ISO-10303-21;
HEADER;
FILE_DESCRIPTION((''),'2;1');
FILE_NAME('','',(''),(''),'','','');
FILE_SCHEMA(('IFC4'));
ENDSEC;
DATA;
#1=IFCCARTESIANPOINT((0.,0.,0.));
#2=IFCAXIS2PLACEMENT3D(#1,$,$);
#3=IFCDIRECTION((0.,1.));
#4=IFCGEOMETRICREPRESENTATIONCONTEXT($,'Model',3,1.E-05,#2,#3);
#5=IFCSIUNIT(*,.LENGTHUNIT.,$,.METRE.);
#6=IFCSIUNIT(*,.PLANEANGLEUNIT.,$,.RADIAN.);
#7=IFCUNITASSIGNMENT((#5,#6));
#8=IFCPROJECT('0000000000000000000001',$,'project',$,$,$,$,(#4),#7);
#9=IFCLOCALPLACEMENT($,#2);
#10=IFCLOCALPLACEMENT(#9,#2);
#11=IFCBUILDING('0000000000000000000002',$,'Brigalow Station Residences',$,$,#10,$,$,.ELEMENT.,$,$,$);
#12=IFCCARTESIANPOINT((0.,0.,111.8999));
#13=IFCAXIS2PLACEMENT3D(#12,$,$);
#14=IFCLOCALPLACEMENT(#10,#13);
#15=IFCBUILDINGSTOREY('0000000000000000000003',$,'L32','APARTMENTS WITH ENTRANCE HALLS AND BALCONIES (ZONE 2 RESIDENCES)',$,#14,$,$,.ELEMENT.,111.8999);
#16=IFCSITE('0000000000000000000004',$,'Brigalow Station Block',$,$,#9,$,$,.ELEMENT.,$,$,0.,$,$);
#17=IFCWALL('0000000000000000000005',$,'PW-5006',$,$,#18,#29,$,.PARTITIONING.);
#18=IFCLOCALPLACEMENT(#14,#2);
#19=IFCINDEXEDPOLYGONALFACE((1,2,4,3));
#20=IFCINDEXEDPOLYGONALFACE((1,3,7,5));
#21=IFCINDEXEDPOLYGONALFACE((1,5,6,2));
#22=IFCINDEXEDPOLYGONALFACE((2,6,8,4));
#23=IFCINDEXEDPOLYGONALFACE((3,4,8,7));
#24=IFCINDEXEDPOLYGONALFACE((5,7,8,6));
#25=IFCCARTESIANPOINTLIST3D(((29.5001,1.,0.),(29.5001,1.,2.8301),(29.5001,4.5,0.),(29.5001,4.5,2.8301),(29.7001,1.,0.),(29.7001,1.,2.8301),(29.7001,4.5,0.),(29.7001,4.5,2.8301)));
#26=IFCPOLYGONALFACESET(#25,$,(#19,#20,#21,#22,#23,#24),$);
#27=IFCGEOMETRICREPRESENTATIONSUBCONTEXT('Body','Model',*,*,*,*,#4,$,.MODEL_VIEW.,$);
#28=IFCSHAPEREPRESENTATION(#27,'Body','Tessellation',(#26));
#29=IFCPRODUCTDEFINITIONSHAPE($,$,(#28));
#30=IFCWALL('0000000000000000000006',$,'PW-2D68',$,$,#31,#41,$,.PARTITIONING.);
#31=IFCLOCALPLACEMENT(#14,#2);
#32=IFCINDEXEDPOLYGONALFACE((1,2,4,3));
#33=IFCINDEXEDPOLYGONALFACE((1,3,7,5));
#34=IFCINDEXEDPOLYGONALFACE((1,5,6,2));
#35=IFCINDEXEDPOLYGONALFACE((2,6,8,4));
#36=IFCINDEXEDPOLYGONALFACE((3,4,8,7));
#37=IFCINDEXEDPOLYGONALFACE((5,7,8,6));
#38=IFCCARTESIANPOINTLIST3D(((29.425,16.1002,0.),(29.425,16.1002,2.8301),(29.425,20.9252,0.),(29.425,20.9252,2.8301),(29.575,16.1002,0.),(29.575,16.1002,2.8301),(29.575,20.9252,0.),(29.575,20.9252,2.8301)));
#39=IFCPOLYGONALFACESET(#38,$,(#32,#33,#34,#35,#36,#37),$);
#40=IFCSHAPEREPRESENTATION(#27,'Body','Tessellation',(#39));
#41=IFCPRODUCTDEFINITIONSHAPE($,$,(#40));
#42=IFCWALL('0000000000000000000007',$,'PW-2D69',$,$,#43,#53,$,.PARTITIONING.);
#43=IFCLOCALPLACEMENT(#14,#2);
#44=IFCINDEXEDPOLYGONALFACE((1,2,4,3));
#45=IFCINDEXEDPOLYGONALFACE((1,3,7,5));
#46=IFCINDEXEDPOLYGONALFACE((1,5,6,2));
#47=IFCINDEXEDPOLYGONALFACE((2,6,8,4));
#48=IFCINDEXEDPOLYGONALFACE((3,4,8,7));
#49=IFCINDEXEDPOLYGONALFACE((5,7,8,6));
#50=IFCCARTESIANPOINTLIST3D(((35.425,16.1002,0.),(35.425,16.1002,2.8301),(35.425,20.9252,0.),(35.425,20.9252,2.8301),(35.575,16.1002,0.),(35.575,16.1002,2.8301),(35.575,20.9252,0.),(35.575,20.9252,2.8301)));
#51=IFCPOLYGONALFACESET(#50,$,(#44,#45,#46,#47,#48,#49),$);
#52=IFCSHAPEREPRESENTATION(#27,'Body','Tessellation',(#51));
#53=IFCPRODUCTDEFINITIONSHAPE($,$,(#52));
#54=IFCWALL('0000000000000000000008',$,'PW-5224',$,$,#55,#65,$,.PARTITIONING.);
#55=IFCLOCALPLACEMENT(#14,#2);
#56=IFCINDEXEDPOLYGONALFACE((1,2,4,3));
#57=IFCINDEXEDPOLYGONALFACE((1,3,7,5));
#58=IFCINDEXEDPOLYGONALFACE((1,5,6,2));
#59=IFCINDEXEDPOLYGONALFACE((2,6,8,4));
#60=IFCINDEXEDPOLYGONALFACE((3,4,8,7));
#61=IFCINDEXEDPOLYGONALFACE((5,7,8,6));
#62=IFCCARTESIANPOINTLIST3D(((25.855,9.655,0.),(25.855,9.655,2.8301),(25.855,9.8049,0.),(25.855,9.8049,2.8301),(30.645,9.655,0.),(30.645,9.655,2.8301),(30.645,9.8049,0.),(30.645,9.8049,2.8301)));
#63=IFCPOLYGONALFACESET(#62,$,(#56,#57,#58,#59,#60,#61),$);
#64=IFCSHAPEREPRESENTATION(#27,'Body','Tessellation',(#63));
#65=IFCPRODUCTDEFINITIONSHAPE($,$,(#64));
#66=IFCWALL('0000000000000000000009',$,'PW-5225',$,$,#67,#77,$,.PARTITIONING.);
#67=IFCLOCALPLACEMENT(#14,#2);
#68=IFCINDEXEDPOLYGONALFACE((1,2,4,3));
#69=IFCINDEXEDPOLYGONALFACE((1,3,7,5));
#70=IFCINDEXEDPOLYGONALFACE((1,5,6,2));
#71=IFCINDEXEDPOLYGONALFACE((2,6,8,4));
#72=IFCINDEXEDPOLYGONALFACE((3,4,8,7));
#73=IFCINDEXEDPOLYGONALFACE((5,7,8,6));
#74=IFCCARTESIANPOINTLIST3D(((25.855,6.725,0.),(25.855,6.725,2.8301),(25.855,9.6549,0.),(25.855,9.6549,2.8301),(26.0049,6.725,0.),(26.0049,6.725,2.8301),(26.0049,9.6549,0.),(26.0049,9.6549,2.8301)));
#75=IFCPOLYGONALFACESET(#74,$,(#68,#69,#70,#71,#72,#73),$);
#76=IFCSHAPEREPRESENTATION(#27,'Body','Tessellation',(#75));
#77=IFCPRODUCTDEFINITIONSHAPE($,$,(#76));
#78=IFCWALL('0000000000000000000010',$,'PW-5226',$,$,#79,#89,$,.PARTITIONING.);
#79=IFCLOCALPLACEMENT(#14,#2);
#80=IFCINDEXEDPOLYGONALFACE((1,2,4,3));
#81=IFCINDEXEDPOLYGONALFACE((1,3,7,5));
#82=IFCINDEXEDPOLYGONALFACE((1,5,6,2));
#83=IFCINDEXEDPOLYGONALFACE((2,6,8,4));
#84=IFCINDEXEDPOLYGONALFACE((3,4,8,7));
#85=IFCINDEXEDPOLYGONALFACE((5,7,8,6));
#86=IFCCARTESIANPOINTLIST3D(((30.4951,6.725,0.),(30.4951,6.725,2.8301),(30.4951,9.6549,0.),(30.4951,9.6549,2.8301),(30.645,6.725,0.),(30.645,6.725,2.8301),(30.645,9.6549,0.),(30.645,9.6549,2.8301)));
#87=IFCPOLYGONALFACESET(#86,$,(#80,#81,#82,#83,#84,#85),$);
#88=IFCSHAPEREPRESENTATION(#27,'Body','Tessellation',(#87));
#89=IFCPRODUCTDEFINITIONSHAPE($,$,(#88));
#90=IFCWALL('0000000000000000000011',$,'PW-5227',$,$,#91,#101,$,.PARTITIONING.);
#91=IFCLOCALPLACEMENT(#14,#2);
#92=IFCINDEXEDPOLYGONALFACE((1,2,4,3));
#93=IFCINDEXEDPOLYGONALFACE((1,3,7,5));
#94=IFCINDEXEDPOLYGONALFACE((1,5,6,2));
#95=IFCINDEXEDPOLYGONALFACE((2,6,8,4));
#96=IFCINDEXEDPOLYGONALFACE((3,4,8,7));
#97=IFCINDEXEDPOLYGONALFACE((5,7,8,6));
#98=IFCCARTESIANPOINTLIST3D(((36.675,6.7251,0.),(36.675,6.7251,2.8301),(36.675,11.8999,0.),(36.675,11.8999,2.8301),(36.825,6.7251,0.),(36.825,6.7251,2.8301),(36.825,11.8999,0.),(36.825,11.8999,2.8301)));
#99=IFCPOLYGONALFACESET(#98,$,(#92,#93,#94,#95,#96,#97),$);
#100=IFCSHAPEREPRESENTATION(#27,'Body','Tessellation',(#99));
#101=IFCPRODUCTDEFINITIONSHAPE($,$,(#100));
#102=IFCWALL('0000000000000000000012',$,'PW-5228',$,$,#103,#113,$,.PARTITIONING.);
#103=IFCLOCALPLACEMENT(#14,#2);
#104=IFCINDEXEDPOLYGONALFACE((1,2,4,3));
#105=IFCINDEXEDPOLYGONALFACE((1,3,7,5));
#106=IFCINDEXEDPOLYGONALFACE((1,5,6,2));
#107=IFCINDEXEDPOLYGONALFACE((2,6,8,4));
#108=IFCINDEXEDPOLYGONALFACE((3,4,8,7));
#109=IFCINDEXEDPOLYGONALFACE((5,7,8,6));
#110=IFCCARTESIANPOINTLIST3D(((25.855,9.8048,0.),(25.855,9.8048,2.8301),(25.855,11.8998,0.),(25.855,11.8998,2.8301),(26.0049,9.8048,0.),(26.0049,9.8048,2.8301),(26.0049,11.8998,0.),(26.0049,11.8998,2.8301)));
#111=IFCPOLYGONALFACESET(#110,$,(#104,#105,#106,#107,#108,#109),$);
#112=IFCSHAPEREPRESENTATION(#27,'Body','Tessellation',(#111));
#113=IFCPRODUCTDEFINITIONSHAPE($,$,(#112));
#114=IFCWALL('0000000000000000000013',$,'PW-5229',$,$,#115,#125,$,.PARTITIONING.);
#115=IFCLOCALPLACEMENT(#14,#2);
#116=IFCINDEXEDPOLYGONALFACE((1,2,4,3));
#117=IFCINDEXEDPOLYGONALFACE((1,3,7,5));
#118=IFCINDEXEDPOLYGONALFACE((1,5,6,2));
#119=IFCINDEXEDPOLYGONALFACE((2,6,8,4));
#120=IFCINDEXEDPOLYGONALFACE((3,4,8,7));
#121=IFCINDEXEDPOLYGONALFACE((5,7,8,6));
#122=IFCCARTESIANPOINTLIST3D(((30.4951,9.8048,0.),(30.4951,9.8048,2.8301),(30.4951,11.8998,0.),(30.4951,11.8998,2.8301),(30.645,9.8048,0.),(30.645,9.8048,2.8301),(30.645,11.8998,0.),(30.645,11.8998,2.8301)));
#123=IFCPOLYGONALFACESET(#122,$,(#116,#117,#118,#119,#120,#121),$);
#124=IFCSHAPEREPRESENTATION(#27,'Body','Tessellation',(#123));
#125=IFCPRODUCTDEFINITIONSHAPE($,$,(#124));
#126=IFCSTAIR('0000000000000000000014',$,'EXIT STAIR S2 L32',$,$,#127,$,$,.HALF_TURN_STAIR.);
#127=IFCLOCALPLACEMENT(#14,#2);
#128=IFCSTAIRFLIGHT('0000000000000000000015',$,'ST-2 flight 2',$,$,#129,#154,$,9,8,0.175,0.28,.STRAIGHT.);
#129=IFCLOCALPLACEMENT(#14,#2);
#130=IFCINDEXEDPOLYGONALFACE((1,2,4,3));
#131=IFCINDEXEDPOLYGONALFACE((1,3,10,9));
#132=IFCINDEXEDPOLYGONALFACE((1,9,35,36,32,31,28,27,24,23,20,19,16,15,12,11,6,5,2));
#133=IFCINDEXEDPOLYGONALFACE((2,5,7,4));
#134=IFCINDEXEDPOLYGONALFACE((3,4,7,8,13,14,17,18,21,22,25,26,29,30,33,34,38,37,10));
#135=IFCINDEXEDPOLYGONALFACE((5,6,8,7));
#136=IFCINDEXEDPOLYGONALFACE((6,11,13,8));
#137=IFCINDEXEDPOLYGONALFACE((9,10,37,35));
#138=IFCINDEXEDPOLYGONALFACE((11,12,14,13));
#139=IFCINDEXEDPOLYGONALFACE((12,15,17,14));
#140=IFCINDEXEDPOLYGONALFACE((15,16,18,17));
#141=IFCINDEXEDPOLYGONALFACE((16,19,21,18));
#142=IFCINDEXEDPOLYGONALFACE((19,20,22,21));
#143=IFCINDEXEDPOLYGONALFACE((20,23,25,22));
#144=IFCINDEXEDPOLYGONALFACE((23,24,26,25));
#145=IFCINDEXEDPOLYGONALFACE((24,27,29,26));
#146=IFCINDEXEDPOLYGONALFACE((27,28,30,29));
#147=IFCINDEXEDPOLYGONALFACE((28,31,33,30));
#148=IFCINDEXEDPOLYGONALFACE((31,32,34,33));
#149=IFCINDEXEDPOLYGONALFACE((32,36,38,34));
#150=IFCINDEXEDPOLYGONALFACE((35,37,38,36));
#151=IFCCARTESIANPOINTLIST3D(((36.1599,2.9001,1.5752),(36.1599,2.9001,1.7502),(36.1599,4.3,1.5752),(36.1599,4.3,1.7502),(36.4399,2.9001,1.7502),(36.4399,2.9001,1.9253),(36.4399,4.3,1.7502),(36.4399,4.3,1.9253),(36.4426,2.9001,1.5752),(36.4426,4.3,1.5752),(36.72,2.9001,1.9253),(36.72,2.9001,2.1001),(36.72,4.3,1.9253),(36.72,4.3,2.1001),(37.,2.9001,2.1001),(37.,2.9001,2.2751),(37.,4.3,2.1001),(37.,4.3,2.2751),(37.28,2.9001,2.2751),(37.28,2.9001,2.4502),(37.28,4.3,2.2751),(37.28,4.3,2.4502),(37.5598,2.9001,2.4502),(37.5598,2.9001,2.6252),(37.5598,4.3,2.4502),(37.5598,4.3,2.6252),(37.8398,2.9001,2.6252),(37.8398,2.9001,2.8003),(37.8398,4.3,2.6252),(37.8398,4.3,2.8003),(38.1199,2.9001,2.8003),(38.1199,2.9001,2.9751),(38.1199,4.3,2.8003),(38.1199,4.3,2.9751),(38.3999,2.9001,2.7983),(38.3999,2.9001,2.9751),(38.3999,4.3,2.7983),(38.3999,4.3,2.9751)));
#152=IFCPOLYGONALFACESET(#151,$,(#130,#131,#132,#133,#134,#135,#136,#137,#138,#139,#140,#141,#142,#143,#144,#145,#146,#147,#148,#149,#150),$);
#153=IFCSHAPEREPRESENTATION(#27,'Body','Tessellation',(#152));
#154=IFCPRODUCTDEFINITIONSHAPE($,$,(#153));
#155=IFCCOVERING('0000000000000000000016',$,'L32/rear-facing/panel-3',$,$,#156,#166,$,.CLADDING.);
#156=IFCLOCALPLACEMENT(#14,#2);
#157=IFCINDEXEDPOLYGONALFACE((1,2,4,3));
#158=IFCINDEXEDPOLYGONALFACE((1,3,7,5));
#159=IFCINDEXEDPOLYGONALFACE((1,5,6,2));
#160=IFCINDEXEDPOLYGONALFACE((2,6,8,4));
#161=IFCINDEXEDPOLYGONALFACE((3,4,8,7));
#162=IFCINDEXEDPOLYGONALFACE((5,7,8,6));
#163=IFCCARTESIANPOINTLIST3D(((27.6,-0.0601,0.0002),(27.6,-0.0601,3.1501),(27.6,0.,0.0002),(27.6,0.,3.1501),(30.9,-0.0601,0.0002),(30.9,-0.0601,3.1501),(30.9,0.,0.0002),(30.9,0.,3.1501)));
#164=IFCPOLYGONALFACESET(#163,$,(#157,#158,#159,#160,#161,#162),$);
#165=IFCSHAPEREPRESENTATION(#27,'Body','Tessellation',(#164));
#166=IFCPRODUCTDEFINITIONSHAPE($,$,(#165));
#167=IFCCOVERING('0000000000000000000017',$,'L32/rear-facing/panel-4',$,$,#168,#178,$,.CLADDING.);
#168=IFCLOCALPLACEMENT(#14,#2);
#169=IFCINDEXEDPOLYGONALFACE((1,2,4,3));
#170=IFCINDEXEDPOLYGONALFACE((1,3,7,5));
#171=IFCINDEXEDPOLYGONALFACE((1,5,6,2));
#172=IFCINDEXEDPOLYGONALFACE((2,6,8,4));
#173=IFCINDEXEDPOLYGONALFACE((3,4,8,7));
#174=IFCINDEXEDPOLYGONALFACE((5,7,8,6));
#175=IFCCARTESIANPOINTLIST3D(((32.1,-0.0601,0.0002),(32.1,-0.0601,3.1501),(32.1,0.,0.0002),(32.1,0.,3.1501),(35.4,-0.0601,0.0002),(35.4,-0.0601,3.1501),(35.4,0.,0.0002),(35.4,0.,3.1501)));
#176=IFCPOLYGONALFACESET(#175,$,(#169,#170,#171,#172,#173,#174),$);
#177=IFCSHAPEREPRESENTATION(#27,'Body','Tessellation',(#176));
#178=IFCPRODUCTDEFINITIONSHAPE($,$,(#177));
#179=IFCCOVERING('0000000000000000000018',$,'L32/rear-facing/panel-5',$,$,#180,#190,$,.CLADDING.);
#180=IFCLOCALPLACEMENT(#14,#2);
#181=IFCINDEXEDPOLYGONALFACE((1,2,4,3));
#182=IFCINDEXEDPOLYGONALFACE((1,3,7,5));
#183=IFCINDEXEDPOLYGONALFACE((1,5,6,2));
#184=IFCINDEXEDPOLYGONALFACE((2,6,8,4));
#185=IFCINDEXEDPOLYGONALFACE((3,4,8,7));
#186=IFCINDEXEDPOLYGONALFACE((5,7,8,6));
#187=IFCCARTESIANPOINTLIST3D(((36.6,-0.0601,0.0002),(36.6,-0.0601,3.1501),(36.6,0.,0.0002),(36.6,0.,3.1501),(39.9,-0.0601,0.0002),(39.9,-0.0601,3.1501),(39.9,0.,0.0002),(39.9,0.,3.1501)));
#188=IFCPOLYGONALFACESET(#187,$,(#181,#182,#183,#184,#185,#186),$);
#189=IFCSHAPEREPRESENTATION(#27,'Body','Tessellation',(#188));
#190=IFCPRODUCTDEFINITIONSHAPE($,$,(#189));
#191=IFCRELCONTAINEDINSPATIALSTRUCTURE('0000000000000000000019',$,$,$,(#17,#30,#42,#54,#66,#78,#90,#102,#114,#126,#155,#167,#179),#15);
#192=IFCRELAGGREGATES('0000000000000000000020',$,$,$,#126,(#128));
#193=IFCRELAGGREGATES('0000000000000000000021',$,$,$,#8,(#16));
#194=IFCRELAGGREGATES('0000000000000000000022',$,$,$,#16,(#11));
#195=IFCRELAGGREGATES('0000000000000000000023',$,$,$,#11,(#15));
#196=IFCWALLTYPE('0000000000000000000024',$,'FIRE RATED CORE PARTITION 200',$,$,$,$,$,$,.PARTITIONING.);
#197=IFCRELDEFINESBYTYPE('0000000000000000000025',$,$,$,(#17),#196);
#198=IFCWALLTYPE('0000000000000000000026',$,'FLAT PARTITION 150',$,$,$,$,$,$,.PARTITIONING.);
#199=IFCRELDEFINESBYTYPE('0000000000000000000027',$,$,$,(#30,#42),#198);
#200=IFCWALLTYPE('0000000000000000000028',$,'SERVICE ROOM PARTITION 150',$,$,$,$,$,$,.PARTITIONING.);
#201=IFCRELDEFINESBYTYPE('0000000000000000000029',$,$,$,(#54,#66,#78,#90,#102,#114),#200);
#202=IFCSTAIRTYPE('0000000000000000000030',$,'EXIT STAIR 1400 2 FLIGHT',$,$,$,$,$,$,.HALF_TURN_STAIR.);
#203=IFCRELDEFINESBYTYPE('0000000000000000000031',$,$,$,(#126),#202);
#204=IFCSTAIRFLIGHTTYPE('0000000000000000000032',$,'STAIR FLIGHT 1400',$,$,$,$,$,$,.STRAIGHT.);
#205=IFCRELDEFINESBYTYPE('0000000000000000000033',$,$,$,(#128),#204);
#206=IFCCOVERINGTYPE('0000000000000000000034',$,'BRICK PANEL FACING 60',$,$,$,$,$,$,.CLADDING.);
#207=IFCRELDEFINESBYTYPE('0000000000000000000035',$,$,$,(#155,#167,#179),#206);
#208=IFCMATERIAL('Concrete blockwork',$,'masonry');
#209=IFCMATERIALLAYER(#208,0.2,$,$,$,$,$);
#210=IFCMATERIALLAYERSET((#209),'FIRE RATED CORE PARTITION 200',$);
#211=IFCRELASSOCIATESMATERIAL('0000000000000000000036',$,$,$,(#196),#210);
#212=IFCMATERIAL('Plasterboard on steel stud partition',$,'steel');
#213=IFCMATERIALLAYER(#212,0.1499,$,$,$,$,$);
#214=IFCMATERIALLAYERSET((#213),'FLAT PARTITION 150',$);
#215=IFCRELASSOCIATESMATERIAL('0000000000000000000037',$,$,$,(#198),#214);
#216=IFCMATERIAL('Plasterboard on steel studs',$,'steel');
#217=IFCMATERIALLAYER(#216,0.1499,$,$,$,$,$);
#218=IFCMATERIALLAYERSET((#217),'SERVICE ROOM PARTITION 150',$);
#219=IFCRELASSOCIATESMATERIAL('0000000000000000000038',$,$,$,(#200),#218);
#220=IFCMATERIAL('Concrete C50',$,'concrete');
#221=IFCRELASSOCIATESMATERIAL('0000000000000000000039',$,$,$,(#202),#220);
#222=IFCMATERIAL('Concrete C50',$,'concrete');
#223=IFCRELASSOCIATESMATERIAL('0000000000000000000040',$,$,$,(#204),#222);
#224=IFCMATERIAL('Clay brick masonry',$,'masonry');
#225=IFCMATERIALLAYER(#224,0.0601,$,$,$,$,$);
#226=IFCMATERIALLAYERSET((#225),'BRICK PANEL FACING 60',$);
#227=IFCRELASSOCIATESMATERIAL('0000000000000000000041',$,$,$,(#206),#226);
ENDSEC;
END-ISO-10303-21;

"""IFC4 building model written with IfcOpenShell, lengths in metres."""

from ifc_helpers import new_model, si_unit, direction, frame, frame_2d, origin, origin_2d, place, context, subcontext, project, spatial, polyline, rectangle, outline, extrude, material, layer, layer_set, type_object, element, aggregate, save


model = new_model("IFC4")

# Units and contexts
model_context = context("Model", 3, precision=1e-05, world=origin(), true_north=direction((0.0, 1.0)))
body_context = subcontext(model_context, "Body", "Model", "MODEL_VIEW")
ifc_project = project(units=[si_unit("LENGTHUNIT", "METRE"), si_unit("PLANEANGLEUNIT", "RADIAN")], contexts=[model_context])

# Site, building, storey
site_placement = place(None, origin())
site = spatial("IfcSite", under=ifc_project, at=site_placement, Name="Brigalow Station Block", CompositionType="ELEMENT", RefElevation=0.0)
building_placement = place(site_placement, origin())
building = spatial("IfcBuilding", under=site, at=building_placement, Name="Brigalow Station Residences", CompositionType="ELEMENT")
storey_placement = place(building_placement, frame((0.0, 0.0, 111.8999)))
storey = spatial("IfcBuildingStorey", under=building, at=storey_placement, Name="L32", Description="APARTMENTS WITH ENTRANCE HALLS AND BALCONIES (ZONE 2 RESIDENCES)", CompositionType="ELEMENT", Elevation=111.8999)

# Shared definitions
ifc_material_1 = material(Name="Concrete blockwork", Category="masonry")
ifc_layer_1 = layer(ifc_material_1, 0.2)
ifc_layer_set_1 = layer_set([ifc_layer_1], Name="FIRE RATED CORE PARTITION 200")
wall_type_1 = type_object("IfcWallType", Name="FIRE RATED CORE PARTITION 200", PredefinedType="PARTITIONING", material=ifc_layer_set_1)

# Walls
wall_1_placement = place(storey_placement, frame((29.6001, 1.0, 0.0), z_axis=(0.0, 0.0, 1.0), x_axis=(0.0, 1.0, 0.0)))
element("IfcWall", 1, at=wall_1_placement, inside=storey, type_object=wall_type_1, Name="PW-5006", PredefinedType="PARTITIONING", context=body_context, shape_type="SweptSolid", body=[
    extrude(rectangle(XDim=3.5, YDim=0.2, at=frame_2d((1.75, 0.0))), origin(), (0.0, 0.0, 1.0), 2.8301),
])
ifc_material_2 = material(Name="Plasterboard on steel stud partition", Category="steel")
ifc_layer_2 = layer(ifc_material_2, 0.1499)
ifc_layer_set_2 = layer_set([ifc_layer_2], Name="FLAT PARTITION 150")
wall_type_2 = type_object("IfcWallType", Name="FLAT PARTITION 150", PredefinedType="PARTITIONING", material=ifc_layer_set_2)
for number, where, z_axis, x_axis, name in (
    (2, (29.5, 16.1001, 0.0), (0.0, 0.0, 1.0), (0.0, 1.0, 0.0), "PW-2D68"),
    (3, (35.5, 16.1001, 0.0), (0.0, 0.0, 1.0), (0.0, 1.0, 0.0), "PW-2D69"),
):
    element("IfcWall", number, at=place(storey_placement, frame(where, z_axis=z_axis, x_axis=x_axis)), inside=storey, type_object=wall_type_2, Name=name, PredefinedType="PARTITIONING", context=body_context, shape_type="SweptSolid", body=[
        extrude(rectangle(XDim=4.825, YDim=0.1499, at=frame_2d((2.4126, 0.0))), origin(), (0.0, 0.0, 1.0), 2.8301),
    ])
ifc_material_3 = material(Name="Plasterboard on steel studs", Category="steel")
ifc_layer_3 = layer(ifc_material_3, 0.1499)
ifc_layer_set_3 = layer_set([ifc_layer_3], Name="SERVICE ROOM PARTITION 150")
wall_type_3 = type_object("IfcWallType", Name="SERVICE ROOM PARTITION 150", PredefinedType="PARTITIONING", material=ifc_layer_set_3)
wall_2_placement = place(storey_placement, frame((25.855, 9.73, 0.0), z_axis=(0.0, 0.0, 1.0), x_axis=(1.0, 0.0, 0.0)))
element("IfcWall", 4, at=wall_2_placement, inside=storey, type_object=wall_type_3, Name="PW-5224", PredefinedType="PARTITIONING", context=body_context, shape_type="SweptSolid", body=[
    extrude(rectangle(XDim=4.79, YDim=0.1499, at=frame_2d((2.395, 0.0))), origin(), (0.0, 0.0, 1.0), 2.8301),
])
for number, where, z_axis, x_axis, name in (
    (5, (25.9299, 6.7251, 0.0), (0.0, 0.0, 1.0), (0.0, 1.0, 0.0), "PW-5225"),
    (6, (30.5701, 6.7251, 0.0), (0.0, 0.0, 1.0), (0.0, 1.0, 0.0), "PW-5226"),
):
    element("IfcWall", number, at=place(storey_placement, frame(where, z_axis=z_axis, x_axis=x_axis)), inside=storey, type_object=wall_type_3, Name=name, PredefinedType="PARTITIONING", context=body_context, shape_type="SweptSolid", body=[
        extrude(rectangle(XDim=2.9299, YDim=0.1499, at=frame_2d((1.4648, 0.0))), origin(), (0.0, 0.0, 1.0), 2.8301),
    ])
wall_3_placement = place(storey_placement, frame((36.75, 6.7251, 0.0), z_axis=(0.0, 0.0, 1.0), x_axis=(0.0, 1.0, 0.0)))
element("IfcWall", 7, at=wall_3_placement, inside=storey, type_object=wall_type_3, Name="PW-5227", PredefinedType="PARTITIONING", context=body_context, shape_type="SweptSolid", body=[
    extrude(rectangle(XDim=5.1748, YDim=0.1499, at=frame_2d((2.5874, 0.0))), origin(), (0.0, 0.0, 1.0), 2.8301),
])
for number, where, z_axis, x_axis, name in (
    (8, (25.9299, 9.8049, 0.0), (0.0, 0.0, 1.0), (0.0, 1.0, 0.0), "PW-5228"),
    (9, (30.5701, 9.8049, 0.0), (0.0, 0.0, 1.0), (0.0, 1.0, 0.0), "PW-5229"),
):
    element("IfcWall", number, at=place(storey_placement, frame(where, z_axis=z_axis, x_axis=x_axis)), inside=storey, type_object=wall_type_3, Name=name, PredefinedType="PARTITIONING", context=body_context, shape_type="SweptSolid", body=[
        extrude(rectangle(XDim=2.095, YDim=0.1499, at=frame_2d((1.0474, 0.0))), origin(), (0.0, 0.0, 1.0), 2.8301),
    ])

# Stair, stair flight
ifc_material_4 = material(Name="Concrete C50", Category="concrete")
stair_type = type_object("IfcStairType", Name="EXIT STAIR 1400 2 FLIGHT", PredefinedType="HALF_TURN_STAIR", material=ifc_material_4)
stair_placement = place(storey_placement, origin())
stair = element("IfcStair", 10, at=stair_placement, inside=storey, type_object=stair_type, Name="EXIT STAIR S2 L32", PredefinedType="HALF_TURN_STAIR")
ifc_material_5 = material(Name="Concrete C50", Category="concrete")
stair_flight_type = type_object("IfcStairFlightType", Name="STAIR FLIGHT 1400", PredefinedType="STRAIGHT", material=ifc_material_5)
stair_flight_placement = place(storey_placement, frame((36.1599, 3.6001, 1.5752), z_axis=(0.0, 0.0, 1.0), x_axis=(1.0, 0.0, 0.0)))
stair_flight = element("IfcStairFlight", 11, at=stair_flight_placement, type_object=stair_flight_type, Name="ST-2 flight 2", NumberOfRisers=9, NumberOfTreads=8, PredefinedType="STRAIGHT", RiserHeight=0.175, TreadLength=0.28, context=body_context, shape_type="SweptSolid", body=[
    extrude(outline(polyline([(0.0, 0.0), (0.0, 0.175), (0.28, 0.175), (0.28, 0.3501), (0.5601, 0.3501), (0.5601, 0.5249), (0.8401, 0.5249), (0.8401, 0.7), (1.1201, 0.7), (1.1201, 0.875), (1.3999, 0.875), (1.3999, 1.05), (1.6799, 1.05), (1.6799, 1.2251), (1.96, 1.2251), (1.96, 1.3999), (2.24, 1.3999), (2.24, 1.575), (2.24, 1.2231), (0.2827, 0.0), (0.0, 0.0)])), frame((0.0, 0.7, 0.0), z_axis=(0.0, -1.0, 0.0), x_axis=(1.0, 0.0, 0.0)), (0.0, 0.0, 1.0), 1.3999),
])
aggregate(stair, [stair_flight])

# Coverings
ifc_material_6 = material(Name="Clay brick masonry", Category="masonry")
ifc_layer_4 = layer(ifc_material_6, 0.0601)
ifc_layer_set_4 = layer_set([ifc_layer_4], Name="BRICK PANEL FACING 60")
covering_type_1 = type_object("IfcCoveringType", Name="BRICK PANEL FACING 60", PredefinedType="CLADDING", material=ifc_layer_set_4)
for number, where, z_axis, x_axis, name in (
    (12, (29.25, -0.03, 0.0002), (0.0, 0.0, 1.0), (1.0, 0.0, 0.0), "L32/rear-facing/panel-3"),
    (13, (33.75, -0.03, 0.0002), (0.0, 0.0, 1.0), (1.0, 0.0, 0.0), "L32/rear-facing/panel-4"),
    (14, (38.25, -0.03, 0.0002), (0.0, 0.0, 1.0), (1.0, 0.0, 0.0), "L32/rear-facing/panel-5"),
):
    element("IfcCovering", number, at=place(storey_placement, frame(where, z_axis=z_axis, x_axis=x_axis)), inside=storey, type_object=covering_type_1, Name=name, PredefinedType="CLADDING", context=body_context, shape_type="SweptSolid", body=[
        extrude(rectangle(XDim=3.3, YDim=0.0601, at=origin_2d()), origin(), (0.0, 0.0, 1.0), 3.1499),
    ])

save(model, "model.ifc")
